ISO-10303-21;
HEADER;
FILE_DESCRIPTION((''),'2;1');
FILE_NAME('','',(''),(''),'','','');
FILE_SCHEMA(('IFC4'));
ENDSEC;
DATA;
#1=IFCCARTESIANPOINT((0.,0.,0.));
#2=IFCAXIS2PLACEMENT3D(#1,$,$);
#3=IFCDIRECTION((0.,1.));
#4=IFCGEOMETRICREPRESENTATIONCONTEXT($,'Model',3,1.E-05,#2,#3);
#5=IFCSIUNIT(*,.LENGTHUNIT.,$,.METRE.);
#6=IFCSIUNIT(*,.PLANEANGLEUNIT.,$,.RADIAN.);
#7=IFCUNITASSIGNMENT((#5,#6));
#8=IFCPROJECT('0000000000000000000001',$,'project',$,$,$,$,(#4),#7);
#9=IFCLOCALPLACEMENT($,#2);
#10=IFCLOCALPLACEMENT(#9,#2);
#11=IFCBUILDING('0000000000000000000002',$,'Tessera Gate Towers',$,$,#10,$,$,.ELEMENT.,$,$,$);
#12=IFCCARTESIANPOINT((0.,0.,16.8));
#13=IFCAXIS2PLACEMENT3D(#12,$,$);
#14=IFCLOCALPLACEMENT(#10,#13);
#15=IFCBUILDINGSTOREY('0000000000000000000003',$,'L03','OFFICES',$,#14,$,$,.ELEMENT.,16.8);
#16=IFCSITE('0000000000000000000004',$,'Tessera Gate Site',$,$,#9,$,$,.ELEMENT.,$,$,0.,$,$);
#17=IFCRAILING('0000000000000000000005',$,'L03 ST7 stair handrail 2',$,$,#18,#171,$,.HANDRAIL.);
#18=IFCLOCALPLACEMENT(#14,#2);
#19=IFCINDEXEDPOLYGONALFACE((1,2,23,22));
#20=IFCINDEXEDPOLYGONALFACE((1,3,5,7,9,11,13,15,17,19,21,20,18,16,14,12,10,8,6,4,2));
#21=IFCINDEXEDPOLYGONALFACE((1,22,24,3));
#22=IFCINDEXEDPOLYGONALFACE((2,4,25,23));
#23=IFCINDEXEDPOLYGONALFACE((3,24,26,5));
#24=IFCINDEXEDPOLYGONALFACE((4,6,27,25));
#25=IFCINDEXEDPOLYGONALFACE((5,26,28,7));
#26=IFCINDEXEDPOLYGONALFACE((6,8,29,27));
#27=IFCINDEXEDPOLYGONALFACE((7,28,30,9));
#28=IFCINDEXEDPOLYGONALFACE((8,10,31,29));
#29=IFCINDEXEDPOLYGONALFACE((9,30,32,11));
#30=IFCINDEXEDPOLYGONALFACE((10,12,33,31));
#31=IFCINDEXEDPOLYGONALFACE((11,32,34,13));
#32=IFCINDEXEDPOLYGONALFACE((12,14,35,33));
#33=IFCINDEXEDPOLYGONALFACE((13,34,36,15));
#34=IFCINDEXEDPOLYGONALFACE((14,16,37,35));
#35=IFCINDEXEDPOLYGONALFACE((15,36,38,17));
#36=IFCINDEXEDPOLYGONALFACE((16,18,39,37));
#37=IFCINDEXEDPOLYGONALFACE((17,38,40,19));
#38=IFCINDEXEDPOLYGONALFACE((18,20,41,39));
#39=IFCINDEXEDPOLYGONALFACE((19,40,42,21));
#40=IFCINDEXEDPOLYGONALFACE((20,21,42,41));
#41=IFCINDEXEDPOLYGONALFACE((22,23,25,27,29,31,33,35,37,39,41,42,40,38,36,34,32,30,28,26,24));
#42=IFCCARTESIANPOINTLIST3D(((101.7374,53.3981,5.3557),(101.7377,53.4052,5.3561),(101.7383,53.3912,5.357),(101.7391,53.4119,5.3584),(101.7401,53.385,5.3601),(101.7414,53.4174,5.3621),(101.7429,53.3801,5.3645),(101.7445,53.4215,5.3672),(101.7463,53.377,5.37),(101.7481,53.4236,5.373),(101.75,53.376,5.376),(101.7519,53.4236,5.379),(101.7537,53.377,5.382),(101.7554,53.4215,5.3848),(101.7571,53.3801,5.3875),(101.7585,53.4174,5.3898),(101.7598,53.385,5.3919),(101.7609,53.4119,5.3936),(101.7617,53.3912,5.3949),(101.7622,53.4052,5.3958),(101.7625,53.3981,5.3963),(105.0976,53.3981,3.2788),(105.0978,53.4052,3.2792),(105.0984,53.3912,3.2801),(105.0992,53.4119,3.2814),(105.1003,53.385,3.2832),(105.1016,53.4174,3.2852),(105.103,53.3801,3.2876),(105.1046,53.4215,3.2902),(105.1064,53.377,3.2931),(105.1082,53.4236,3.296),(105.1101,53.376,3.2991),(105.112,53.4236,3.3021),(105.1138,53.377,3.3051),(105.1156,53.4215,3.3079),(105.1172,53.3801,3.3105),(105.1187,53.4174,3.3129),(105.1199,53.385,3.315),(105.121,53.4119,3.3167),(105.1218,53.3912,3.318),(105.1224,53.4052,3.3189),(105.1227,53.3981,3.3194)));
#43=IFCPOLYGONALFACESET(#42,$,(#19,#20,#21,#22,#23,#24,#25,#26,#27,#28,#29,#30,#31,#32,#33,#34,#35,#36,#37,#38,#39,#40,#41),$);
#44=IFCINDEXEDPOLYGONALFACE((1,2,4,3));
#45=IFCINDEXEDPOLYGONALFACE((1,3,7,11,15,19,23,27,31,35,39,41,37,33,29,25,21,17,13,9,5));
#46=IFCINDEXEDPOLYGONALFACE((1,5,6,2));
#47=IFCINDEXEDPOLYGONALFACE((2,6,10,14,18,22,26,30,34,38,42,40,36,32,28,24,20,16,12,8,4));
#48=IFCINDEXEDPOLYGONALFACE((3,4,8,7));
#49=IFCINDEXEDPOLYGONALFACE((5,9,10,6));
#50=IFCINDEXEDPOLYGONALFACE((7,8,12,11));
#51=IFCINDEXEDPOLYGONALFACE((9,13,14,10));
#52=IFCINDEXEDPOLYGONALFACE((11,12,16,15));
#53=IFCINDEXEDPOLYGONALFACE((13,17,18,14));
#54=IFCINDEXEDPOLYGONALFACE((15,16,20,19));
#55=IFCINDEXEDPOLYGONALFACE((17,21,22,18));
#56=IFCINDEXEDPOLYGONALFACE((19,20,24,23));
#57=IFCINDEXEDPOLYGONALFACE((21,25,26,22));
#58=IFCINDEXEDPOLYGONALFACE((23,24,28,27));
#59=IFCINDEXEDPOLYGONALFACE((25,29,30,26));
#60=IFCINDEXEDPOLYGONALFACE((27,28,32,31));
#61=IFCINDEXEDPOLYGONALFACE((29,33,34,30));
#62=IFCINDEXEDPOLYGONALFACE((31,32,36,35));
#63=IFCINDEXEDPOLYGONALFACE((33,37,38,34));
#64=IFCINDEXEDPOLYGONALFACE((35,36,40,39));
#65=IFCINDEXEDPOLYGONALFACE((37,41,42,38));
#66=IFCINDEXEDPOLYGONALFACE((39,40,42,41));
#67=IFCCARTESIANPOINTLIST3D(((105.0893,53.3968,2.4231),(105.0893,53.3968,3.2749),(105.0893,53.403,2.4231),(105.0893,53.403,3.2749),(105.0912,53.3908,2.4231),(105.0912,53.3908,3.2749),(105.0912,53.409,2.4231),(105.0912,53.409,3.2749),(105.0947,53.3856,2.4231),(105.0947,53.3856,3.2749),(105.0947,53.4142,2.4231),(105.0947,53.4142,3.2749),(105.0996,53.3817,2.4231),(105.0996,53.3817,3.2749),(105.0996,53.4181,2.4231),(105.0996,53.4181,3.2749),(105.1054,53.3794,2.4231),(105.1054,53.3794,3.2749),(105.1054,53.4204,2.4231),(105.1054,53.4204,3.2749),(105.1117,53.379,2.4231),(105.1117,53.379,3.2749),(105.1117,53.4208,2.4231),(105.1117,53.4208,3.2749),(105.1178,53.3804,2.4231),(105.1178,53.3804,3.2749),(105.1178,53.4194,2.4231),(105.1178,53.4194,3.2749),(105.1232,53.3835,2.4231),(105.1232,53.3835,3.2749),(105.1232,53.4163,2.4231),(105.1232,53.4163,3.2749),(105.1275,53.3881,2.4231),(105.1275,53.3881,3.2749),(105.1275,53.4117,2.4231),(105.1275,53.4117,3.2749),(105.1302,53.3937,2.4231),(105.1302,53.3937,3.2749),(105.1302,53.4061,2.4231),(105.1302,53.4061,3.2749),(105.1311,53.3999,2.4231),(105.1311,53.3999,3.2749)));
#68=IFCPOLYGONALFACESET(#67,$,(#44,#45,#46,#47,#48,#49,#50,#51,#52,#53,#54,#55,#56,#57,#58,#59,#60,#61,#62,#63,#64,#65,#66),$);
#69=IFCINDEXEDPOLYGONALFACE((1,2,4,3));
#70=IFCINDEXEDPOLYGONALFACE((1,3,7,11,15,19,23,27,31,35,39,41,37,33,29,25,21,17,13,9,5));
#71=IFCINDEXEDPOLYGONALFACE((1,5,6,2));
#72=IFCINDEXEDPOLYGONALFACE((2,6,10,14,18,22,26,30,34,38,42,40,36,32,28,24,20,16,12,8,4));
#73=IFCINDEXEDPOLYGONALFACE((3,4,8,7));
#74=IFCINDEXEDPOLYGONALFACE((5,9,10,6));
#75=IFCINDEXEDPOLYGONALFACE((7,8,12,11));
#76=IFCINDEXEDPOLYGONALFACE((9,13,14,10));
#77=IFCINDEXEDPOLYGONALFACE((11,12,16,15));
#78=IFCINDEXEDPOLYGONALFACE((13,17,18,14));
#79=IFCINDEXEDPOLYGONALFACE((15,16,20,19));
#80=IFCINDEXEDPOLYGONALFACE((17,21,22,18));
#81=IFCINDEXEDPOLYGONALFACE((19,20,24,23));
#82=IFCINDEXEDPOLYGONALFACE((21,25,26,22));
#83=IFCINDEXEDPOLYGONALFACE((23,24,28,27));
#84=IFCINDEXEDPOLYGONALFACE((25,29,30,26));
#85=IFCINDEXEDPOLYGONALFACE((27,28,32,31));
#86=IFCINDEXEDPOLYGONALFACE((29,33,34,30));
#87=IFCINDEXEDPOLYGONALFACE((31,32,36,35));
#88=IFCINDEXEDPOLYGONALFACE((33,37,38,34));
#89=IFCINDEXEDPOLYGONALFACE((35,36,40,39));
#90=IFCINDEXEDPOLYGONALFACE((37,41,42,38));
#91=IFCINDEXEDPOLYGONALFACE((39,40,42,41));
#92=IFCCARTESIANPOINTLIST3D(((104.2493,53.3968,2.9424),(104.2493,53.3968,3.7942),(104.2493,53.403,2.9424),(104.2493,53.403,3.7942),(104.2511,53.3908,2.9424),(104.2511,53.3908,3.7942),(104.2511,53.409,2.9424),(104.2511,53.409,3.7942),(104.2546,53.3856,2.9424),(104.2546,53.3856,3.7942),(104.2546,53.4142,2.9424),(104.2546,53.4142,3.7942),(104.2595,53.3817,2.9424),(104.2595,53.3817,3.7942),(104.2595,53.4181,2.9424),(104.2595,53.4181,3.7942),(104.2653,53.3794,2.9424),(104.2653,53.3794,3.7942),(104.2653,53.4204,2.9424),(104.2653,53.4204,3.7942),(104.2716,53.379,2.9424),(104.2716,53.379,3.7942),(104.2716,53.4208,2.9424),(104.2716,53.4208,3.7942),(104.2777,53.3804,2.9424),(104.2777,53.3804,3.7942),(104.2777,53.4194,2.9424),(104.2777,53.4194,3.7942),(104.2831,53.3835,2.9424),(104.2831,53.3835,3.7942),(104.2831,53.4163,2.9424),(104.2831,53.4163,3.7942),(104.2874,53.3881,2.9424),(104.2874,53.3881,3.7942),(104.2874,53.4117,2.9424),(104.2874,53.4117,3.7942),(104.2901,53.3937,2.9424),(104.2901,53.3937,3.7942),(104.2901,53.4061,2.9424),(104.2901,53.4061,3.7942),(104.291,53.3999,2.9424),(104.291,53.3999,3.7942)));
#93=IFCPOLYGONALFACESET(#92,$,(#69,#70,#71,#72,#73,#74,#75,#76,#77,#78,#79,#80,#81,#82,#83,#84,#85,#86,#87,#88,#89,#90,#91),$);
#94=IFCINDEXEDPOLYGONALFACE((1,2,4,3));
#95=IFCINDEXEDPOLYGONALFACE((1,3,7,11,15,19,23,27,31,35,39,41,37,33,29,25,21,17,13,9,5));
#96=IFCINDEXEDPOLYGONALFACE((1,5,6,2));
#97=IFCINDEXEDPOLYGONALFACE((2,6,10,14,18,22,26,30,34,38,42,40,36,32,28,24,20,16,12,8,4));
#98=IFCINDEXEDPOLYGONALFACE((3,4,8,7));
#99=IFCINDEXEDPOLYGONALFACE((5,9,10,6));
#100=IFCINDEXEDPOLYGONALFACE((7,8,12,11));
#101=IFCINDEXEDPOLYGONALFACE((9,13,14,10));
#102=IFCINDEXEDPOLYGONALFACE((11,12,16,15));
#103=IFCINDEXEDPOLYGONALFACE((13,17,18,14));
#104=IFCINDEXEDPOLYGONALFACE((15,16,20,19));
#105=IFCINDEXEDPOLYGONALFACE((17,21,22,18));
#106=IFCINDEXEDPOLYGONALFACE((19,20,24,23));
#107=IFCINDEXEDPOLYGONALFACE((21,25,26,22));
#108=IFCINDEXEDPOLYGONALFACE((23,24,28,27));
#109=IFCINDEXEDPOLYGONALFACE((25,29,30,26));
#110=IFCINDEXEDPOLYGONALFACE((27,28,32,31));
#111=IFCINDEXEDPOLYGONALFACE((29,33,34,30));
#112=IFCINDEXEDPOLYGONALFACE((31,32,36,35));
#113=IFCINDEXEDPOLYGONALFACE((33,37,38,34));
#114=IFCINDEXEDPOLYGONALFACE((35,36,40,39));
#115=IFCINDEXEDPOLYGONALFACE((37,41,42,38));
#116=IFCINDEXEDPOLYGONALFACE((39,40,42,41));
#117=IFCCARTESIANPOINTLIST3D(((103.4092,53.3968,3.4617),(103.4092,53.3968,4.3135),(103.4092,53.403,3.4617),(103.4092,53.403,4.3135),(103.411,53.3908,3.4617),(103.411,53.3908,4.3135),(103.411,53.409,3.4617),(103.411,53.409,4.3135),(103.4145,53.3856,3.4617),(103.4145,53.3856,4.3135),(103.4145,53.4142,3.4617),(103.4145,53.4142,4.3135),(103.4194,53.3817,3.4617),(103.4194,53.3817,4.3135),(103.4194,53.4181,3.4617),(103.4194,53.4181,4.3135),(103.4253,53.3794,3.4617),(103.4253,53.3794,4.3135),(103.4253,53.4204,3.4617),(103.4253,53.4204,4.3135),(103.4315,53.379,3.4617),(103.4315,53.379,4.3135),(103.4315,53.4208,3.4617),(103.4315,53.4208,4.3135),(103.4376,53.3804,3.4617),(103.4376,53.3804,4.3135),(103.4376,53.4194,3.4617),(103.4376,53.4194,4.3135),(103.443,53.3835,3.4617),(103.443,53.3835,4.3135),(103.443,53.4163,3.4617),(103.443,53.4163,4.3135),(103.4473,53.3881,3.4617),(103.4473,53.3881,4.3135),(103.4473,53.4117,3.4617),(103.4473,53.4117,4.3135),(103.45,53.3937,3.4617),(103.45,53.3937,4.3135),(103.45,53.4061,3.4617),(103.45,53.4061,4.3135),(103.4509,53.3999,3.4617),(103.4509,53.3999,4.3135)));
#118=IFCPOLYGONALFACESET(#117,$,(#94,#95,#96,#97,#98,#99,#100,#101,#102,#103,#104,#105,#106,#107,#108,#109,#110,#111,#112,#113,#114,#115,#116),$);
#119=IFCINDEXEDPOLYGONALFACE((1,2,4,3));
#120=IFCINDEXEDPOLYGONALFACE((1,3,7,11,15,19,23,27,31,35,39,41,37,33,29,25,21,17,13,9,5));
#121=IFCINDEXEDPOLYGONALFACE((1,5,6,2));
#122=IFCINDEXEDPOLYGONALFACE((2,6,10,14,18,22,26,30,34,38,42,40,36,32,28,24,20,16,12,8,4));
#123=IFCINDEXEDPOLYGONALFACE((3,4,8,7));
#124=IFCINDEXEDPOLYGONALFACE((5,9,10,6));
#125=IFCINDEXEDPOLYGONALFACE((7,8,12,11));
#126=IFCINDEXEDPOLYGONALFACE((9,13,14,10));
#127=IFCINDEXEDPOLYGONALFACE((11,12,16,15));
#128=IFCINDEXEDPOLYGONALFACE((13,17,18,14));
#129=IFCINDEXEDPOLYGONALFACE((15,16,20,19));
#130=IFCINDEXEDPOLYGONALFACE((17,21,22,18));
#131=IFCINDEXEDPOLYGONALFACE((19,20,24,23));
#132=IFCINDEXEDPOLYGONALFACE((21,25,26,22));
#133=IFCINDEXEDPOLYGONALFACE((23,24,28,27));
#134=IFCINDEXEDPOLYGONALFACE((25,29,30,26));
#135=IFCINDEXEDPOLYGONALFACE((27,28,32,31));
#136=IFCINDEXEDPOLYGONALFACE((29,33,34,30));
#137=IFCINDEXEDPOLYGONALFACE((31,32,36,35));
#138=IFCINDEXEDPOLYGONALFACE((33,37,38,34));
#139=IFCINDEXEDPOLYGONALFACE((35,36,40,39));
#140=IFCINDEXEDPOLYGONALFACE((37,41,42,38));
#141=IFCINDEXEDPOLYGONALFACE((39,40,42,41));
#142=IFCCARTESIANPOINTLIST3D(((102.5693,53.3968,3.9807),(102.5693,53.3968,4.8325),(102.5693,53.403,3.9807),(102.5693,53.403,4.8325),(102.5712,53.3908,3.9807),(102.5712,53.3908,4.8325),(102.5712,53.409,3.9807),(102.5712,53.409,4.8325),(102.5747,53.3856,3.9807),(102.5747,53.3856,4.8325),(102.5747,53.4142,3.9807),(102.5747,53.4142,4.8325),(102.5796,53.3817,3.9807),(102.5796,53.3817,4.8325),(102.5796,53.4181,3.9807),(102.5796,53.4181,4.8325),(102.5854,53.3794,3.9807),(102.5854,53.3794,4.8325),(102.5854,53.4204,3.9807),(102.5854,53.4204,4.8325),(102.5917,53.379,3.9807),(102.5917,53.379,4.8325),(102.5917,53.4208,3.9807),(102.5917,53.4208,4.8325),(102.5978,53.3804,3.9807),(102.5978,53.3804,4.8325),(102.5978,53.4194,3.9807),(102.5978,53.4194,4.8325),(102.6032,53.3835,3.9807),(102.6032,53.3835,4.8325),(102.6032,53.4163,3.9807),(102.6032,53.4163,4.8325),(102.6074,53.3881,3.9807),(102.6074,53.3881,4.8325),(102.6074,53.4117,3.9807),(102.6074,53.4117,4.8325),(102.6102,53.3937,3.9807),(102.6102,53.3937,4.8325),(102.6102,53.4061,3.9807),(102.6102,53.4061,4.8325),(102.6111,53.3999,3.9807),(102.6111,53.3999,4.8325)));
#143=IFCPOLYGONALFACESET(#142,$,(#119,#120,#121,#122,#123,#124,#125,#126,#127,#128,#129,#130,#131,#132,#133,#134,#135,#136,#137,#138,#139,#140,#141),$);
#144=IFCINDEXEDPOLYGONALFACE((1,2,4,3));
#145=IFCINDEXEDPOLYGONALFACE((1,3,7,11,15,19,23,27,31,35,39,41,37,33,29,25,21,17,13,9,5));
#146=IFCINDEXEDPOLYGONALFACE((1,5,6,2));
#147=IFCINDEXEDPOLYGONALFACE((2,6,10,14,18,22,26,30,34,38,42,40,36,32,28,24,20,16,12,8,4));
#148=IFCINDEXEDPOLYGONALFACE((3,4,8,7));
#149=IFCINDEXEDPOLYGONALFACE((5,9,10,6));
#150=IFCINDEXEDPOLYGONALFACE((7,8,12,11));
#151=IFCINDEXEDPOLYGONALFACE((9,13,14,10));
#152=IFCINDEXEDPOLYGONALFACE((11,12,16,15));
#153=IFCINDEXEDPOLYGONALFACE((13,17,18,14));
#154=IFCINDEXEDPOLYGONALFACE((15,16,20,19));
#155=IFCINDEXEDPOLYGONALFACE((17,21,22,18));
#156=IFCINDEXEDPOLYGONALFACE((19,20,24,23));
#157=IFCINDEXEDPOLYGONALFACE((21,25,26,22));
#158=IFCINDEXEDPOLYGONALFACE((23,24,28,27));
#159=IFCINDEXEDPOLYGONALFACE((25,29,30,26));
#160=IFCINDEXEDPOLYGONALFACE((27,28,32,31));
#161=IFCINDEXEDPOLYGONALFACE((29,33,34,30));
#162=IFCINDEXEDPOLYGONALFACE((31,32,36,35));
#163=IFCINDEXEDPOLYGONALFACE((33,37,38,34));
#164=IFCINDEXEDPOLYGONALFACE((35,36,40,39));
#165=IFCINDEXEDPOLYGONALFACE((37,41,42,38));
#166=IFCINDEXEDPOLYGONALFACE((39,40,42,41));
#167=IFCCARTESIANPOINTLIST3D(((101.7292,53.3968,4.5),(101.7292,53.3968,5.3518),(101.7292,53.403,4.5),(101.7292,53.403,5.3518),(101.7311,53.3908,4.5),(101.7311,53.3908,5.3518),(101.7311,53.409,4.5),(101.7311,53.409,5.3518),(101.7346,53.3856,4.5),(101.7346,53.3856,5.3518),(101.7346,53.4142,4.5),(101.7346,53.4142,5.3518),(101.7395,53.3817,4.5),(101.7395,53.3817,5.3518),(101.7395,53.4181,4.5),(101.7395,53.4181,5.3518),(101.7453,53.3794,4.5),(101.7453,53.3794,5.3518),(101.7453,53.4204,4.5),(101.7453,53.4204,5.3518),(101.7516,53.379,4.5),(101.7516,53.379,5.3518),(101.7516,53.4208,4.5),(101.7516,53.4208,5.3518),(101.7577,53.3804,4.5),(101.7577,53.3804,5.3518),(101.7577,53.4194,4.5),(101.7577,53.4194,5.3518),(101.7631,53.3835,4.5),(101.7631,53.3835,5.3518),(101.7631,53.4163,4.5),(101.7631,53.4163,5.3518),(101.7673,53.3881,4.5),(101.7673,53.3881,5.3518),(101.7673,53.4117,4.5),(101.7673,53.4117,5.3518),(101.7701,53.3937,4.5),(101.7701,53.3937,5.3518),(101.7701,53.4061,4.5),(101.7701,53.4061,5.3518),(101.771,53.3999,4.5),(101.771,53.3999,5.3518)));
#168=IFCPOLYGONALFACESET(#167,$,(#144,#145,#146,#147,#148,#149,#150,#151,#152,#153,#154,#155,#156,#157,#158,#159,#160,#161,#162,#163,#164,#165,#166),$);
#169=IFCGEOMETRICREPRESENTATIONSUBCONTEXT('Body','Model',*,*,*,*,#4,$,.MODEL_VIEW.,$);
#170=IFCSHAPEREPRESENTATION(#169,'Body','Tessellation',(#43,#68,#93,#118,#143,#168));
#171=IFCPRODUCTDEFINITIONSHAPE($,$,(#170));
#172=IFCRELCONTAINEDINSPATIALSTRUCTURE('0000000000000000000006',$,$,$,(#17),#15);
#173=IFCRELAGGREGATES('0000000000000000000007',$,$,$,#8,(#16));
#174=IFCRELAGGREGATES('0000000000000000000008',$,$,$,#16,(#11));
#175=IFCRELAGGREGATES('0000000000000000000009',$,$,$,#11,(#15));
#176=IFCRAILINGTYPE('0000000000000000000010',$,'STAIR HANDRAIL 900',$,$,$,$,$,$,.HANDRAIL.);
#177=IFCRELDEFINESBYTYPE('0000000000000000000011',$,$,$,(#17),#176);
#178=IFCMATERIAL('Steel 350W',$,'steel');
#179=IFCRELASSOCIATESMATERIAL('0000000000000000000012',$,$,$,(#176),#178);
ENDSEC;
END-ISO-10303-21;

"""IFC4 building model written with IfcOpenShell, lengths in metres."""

from ifc_helpers import new_model, si_unit, direction, frame, origin, origin_2d, place, context, subcontext, project, spatial, circle, extrude, material, type_object, element, save


model = new_model("IFC4")

# Units and contexts
model_context = context("Model", 3, precision=1e-05, world=origin(), true_north=direction((0.0, 1.0)))
body_context = subcontext(model_context, "Body", "Model", "MODEL_VIEW")
ifc_project = project(units=[si_unit("LENGTHUNIT", "METRE"), si_unit("PLANEANGLEUNIT", "RADIAN")], contexts=[model_context])

# Site, building, storey
site_placement = place(None, origin())
site = spatial("IfcSite", under=ifc_project, at=site_placement, Name="Tessera Gate Site", CompositionType="ELEMENT", RefElevation=0.0)
building_placement = place(site_placement, origin())
building = spatial("IfcBuilding", under=site, at=building_placement, Name="Tessera Gate Towers", CompositionType="ELEMENT")
storey_placement = place(building_placement, frame((0.0, 0.0, 16.8)))
storey = spatial("IfcBuildingStorey", under=building, at=storey_placement, Name="L03", Description="OFFICES", CompositionType="ELEMENT", Elevation=16.8)

# Railing
ifc_material_1 = material(Name="Steel 350W", Category="steel")
railing_type_1 = type_object("IfcRailingType", Name="STAIR HANDRAIL 900", PredefinedType="HANDRAIL", material=ifc_material_1)
railing_1_placement = place(storey_placement, frame((105.1101, 53.3999, 2.4231)))
element("IfcRailing", 1, at=railing_1_placement, inside=storey, type_object=railing_type_1, Name="L03 ST7 stair handrail 2", PredefinedType="HANDRAIL", context=body_context, shape_type="SweptSolid", body=[
    extrude(circle(Radius=0.0239, at=origin_2d()), frame((0.0, 0.0, 0.876), z_axis=(-0.850623, 0.0, 0.525776), x_axis=(0.0, -1.0, 0.0)), (0.0, 0.0, 1.0), 3.9502),
    extrude(circle(Radius=0.021, at=origin_2d()), origin(), (0.0, 0.0, 1.0), 0.8518),
    extrude(circle(Radius=0.021, at=origin_2d()), frame((-0.8401, 0.0, 0.5193)), (0.0, 0.0, 1.0), 0.8518),
    extrude(circle(Radius=0.021, at=origin_2d()), frame((-1.6802, 0.0, 1.0386)), (0.0, 0.0, 1.0), 0.8518),
    extrude(circle(Radius=0.021, at=origin_2d()), frame((-2.52, 0.0, 1.5576)), (0.0, 0.0, 1.0), 0.8518),
    extrude(circle(Radius=0.021, at=origin_2d()), frame((-3.3601, 0.0, 2.0769)), (0.0, 0.0, 1.0), 0.8518),
])

save(model, "model.ifc")
